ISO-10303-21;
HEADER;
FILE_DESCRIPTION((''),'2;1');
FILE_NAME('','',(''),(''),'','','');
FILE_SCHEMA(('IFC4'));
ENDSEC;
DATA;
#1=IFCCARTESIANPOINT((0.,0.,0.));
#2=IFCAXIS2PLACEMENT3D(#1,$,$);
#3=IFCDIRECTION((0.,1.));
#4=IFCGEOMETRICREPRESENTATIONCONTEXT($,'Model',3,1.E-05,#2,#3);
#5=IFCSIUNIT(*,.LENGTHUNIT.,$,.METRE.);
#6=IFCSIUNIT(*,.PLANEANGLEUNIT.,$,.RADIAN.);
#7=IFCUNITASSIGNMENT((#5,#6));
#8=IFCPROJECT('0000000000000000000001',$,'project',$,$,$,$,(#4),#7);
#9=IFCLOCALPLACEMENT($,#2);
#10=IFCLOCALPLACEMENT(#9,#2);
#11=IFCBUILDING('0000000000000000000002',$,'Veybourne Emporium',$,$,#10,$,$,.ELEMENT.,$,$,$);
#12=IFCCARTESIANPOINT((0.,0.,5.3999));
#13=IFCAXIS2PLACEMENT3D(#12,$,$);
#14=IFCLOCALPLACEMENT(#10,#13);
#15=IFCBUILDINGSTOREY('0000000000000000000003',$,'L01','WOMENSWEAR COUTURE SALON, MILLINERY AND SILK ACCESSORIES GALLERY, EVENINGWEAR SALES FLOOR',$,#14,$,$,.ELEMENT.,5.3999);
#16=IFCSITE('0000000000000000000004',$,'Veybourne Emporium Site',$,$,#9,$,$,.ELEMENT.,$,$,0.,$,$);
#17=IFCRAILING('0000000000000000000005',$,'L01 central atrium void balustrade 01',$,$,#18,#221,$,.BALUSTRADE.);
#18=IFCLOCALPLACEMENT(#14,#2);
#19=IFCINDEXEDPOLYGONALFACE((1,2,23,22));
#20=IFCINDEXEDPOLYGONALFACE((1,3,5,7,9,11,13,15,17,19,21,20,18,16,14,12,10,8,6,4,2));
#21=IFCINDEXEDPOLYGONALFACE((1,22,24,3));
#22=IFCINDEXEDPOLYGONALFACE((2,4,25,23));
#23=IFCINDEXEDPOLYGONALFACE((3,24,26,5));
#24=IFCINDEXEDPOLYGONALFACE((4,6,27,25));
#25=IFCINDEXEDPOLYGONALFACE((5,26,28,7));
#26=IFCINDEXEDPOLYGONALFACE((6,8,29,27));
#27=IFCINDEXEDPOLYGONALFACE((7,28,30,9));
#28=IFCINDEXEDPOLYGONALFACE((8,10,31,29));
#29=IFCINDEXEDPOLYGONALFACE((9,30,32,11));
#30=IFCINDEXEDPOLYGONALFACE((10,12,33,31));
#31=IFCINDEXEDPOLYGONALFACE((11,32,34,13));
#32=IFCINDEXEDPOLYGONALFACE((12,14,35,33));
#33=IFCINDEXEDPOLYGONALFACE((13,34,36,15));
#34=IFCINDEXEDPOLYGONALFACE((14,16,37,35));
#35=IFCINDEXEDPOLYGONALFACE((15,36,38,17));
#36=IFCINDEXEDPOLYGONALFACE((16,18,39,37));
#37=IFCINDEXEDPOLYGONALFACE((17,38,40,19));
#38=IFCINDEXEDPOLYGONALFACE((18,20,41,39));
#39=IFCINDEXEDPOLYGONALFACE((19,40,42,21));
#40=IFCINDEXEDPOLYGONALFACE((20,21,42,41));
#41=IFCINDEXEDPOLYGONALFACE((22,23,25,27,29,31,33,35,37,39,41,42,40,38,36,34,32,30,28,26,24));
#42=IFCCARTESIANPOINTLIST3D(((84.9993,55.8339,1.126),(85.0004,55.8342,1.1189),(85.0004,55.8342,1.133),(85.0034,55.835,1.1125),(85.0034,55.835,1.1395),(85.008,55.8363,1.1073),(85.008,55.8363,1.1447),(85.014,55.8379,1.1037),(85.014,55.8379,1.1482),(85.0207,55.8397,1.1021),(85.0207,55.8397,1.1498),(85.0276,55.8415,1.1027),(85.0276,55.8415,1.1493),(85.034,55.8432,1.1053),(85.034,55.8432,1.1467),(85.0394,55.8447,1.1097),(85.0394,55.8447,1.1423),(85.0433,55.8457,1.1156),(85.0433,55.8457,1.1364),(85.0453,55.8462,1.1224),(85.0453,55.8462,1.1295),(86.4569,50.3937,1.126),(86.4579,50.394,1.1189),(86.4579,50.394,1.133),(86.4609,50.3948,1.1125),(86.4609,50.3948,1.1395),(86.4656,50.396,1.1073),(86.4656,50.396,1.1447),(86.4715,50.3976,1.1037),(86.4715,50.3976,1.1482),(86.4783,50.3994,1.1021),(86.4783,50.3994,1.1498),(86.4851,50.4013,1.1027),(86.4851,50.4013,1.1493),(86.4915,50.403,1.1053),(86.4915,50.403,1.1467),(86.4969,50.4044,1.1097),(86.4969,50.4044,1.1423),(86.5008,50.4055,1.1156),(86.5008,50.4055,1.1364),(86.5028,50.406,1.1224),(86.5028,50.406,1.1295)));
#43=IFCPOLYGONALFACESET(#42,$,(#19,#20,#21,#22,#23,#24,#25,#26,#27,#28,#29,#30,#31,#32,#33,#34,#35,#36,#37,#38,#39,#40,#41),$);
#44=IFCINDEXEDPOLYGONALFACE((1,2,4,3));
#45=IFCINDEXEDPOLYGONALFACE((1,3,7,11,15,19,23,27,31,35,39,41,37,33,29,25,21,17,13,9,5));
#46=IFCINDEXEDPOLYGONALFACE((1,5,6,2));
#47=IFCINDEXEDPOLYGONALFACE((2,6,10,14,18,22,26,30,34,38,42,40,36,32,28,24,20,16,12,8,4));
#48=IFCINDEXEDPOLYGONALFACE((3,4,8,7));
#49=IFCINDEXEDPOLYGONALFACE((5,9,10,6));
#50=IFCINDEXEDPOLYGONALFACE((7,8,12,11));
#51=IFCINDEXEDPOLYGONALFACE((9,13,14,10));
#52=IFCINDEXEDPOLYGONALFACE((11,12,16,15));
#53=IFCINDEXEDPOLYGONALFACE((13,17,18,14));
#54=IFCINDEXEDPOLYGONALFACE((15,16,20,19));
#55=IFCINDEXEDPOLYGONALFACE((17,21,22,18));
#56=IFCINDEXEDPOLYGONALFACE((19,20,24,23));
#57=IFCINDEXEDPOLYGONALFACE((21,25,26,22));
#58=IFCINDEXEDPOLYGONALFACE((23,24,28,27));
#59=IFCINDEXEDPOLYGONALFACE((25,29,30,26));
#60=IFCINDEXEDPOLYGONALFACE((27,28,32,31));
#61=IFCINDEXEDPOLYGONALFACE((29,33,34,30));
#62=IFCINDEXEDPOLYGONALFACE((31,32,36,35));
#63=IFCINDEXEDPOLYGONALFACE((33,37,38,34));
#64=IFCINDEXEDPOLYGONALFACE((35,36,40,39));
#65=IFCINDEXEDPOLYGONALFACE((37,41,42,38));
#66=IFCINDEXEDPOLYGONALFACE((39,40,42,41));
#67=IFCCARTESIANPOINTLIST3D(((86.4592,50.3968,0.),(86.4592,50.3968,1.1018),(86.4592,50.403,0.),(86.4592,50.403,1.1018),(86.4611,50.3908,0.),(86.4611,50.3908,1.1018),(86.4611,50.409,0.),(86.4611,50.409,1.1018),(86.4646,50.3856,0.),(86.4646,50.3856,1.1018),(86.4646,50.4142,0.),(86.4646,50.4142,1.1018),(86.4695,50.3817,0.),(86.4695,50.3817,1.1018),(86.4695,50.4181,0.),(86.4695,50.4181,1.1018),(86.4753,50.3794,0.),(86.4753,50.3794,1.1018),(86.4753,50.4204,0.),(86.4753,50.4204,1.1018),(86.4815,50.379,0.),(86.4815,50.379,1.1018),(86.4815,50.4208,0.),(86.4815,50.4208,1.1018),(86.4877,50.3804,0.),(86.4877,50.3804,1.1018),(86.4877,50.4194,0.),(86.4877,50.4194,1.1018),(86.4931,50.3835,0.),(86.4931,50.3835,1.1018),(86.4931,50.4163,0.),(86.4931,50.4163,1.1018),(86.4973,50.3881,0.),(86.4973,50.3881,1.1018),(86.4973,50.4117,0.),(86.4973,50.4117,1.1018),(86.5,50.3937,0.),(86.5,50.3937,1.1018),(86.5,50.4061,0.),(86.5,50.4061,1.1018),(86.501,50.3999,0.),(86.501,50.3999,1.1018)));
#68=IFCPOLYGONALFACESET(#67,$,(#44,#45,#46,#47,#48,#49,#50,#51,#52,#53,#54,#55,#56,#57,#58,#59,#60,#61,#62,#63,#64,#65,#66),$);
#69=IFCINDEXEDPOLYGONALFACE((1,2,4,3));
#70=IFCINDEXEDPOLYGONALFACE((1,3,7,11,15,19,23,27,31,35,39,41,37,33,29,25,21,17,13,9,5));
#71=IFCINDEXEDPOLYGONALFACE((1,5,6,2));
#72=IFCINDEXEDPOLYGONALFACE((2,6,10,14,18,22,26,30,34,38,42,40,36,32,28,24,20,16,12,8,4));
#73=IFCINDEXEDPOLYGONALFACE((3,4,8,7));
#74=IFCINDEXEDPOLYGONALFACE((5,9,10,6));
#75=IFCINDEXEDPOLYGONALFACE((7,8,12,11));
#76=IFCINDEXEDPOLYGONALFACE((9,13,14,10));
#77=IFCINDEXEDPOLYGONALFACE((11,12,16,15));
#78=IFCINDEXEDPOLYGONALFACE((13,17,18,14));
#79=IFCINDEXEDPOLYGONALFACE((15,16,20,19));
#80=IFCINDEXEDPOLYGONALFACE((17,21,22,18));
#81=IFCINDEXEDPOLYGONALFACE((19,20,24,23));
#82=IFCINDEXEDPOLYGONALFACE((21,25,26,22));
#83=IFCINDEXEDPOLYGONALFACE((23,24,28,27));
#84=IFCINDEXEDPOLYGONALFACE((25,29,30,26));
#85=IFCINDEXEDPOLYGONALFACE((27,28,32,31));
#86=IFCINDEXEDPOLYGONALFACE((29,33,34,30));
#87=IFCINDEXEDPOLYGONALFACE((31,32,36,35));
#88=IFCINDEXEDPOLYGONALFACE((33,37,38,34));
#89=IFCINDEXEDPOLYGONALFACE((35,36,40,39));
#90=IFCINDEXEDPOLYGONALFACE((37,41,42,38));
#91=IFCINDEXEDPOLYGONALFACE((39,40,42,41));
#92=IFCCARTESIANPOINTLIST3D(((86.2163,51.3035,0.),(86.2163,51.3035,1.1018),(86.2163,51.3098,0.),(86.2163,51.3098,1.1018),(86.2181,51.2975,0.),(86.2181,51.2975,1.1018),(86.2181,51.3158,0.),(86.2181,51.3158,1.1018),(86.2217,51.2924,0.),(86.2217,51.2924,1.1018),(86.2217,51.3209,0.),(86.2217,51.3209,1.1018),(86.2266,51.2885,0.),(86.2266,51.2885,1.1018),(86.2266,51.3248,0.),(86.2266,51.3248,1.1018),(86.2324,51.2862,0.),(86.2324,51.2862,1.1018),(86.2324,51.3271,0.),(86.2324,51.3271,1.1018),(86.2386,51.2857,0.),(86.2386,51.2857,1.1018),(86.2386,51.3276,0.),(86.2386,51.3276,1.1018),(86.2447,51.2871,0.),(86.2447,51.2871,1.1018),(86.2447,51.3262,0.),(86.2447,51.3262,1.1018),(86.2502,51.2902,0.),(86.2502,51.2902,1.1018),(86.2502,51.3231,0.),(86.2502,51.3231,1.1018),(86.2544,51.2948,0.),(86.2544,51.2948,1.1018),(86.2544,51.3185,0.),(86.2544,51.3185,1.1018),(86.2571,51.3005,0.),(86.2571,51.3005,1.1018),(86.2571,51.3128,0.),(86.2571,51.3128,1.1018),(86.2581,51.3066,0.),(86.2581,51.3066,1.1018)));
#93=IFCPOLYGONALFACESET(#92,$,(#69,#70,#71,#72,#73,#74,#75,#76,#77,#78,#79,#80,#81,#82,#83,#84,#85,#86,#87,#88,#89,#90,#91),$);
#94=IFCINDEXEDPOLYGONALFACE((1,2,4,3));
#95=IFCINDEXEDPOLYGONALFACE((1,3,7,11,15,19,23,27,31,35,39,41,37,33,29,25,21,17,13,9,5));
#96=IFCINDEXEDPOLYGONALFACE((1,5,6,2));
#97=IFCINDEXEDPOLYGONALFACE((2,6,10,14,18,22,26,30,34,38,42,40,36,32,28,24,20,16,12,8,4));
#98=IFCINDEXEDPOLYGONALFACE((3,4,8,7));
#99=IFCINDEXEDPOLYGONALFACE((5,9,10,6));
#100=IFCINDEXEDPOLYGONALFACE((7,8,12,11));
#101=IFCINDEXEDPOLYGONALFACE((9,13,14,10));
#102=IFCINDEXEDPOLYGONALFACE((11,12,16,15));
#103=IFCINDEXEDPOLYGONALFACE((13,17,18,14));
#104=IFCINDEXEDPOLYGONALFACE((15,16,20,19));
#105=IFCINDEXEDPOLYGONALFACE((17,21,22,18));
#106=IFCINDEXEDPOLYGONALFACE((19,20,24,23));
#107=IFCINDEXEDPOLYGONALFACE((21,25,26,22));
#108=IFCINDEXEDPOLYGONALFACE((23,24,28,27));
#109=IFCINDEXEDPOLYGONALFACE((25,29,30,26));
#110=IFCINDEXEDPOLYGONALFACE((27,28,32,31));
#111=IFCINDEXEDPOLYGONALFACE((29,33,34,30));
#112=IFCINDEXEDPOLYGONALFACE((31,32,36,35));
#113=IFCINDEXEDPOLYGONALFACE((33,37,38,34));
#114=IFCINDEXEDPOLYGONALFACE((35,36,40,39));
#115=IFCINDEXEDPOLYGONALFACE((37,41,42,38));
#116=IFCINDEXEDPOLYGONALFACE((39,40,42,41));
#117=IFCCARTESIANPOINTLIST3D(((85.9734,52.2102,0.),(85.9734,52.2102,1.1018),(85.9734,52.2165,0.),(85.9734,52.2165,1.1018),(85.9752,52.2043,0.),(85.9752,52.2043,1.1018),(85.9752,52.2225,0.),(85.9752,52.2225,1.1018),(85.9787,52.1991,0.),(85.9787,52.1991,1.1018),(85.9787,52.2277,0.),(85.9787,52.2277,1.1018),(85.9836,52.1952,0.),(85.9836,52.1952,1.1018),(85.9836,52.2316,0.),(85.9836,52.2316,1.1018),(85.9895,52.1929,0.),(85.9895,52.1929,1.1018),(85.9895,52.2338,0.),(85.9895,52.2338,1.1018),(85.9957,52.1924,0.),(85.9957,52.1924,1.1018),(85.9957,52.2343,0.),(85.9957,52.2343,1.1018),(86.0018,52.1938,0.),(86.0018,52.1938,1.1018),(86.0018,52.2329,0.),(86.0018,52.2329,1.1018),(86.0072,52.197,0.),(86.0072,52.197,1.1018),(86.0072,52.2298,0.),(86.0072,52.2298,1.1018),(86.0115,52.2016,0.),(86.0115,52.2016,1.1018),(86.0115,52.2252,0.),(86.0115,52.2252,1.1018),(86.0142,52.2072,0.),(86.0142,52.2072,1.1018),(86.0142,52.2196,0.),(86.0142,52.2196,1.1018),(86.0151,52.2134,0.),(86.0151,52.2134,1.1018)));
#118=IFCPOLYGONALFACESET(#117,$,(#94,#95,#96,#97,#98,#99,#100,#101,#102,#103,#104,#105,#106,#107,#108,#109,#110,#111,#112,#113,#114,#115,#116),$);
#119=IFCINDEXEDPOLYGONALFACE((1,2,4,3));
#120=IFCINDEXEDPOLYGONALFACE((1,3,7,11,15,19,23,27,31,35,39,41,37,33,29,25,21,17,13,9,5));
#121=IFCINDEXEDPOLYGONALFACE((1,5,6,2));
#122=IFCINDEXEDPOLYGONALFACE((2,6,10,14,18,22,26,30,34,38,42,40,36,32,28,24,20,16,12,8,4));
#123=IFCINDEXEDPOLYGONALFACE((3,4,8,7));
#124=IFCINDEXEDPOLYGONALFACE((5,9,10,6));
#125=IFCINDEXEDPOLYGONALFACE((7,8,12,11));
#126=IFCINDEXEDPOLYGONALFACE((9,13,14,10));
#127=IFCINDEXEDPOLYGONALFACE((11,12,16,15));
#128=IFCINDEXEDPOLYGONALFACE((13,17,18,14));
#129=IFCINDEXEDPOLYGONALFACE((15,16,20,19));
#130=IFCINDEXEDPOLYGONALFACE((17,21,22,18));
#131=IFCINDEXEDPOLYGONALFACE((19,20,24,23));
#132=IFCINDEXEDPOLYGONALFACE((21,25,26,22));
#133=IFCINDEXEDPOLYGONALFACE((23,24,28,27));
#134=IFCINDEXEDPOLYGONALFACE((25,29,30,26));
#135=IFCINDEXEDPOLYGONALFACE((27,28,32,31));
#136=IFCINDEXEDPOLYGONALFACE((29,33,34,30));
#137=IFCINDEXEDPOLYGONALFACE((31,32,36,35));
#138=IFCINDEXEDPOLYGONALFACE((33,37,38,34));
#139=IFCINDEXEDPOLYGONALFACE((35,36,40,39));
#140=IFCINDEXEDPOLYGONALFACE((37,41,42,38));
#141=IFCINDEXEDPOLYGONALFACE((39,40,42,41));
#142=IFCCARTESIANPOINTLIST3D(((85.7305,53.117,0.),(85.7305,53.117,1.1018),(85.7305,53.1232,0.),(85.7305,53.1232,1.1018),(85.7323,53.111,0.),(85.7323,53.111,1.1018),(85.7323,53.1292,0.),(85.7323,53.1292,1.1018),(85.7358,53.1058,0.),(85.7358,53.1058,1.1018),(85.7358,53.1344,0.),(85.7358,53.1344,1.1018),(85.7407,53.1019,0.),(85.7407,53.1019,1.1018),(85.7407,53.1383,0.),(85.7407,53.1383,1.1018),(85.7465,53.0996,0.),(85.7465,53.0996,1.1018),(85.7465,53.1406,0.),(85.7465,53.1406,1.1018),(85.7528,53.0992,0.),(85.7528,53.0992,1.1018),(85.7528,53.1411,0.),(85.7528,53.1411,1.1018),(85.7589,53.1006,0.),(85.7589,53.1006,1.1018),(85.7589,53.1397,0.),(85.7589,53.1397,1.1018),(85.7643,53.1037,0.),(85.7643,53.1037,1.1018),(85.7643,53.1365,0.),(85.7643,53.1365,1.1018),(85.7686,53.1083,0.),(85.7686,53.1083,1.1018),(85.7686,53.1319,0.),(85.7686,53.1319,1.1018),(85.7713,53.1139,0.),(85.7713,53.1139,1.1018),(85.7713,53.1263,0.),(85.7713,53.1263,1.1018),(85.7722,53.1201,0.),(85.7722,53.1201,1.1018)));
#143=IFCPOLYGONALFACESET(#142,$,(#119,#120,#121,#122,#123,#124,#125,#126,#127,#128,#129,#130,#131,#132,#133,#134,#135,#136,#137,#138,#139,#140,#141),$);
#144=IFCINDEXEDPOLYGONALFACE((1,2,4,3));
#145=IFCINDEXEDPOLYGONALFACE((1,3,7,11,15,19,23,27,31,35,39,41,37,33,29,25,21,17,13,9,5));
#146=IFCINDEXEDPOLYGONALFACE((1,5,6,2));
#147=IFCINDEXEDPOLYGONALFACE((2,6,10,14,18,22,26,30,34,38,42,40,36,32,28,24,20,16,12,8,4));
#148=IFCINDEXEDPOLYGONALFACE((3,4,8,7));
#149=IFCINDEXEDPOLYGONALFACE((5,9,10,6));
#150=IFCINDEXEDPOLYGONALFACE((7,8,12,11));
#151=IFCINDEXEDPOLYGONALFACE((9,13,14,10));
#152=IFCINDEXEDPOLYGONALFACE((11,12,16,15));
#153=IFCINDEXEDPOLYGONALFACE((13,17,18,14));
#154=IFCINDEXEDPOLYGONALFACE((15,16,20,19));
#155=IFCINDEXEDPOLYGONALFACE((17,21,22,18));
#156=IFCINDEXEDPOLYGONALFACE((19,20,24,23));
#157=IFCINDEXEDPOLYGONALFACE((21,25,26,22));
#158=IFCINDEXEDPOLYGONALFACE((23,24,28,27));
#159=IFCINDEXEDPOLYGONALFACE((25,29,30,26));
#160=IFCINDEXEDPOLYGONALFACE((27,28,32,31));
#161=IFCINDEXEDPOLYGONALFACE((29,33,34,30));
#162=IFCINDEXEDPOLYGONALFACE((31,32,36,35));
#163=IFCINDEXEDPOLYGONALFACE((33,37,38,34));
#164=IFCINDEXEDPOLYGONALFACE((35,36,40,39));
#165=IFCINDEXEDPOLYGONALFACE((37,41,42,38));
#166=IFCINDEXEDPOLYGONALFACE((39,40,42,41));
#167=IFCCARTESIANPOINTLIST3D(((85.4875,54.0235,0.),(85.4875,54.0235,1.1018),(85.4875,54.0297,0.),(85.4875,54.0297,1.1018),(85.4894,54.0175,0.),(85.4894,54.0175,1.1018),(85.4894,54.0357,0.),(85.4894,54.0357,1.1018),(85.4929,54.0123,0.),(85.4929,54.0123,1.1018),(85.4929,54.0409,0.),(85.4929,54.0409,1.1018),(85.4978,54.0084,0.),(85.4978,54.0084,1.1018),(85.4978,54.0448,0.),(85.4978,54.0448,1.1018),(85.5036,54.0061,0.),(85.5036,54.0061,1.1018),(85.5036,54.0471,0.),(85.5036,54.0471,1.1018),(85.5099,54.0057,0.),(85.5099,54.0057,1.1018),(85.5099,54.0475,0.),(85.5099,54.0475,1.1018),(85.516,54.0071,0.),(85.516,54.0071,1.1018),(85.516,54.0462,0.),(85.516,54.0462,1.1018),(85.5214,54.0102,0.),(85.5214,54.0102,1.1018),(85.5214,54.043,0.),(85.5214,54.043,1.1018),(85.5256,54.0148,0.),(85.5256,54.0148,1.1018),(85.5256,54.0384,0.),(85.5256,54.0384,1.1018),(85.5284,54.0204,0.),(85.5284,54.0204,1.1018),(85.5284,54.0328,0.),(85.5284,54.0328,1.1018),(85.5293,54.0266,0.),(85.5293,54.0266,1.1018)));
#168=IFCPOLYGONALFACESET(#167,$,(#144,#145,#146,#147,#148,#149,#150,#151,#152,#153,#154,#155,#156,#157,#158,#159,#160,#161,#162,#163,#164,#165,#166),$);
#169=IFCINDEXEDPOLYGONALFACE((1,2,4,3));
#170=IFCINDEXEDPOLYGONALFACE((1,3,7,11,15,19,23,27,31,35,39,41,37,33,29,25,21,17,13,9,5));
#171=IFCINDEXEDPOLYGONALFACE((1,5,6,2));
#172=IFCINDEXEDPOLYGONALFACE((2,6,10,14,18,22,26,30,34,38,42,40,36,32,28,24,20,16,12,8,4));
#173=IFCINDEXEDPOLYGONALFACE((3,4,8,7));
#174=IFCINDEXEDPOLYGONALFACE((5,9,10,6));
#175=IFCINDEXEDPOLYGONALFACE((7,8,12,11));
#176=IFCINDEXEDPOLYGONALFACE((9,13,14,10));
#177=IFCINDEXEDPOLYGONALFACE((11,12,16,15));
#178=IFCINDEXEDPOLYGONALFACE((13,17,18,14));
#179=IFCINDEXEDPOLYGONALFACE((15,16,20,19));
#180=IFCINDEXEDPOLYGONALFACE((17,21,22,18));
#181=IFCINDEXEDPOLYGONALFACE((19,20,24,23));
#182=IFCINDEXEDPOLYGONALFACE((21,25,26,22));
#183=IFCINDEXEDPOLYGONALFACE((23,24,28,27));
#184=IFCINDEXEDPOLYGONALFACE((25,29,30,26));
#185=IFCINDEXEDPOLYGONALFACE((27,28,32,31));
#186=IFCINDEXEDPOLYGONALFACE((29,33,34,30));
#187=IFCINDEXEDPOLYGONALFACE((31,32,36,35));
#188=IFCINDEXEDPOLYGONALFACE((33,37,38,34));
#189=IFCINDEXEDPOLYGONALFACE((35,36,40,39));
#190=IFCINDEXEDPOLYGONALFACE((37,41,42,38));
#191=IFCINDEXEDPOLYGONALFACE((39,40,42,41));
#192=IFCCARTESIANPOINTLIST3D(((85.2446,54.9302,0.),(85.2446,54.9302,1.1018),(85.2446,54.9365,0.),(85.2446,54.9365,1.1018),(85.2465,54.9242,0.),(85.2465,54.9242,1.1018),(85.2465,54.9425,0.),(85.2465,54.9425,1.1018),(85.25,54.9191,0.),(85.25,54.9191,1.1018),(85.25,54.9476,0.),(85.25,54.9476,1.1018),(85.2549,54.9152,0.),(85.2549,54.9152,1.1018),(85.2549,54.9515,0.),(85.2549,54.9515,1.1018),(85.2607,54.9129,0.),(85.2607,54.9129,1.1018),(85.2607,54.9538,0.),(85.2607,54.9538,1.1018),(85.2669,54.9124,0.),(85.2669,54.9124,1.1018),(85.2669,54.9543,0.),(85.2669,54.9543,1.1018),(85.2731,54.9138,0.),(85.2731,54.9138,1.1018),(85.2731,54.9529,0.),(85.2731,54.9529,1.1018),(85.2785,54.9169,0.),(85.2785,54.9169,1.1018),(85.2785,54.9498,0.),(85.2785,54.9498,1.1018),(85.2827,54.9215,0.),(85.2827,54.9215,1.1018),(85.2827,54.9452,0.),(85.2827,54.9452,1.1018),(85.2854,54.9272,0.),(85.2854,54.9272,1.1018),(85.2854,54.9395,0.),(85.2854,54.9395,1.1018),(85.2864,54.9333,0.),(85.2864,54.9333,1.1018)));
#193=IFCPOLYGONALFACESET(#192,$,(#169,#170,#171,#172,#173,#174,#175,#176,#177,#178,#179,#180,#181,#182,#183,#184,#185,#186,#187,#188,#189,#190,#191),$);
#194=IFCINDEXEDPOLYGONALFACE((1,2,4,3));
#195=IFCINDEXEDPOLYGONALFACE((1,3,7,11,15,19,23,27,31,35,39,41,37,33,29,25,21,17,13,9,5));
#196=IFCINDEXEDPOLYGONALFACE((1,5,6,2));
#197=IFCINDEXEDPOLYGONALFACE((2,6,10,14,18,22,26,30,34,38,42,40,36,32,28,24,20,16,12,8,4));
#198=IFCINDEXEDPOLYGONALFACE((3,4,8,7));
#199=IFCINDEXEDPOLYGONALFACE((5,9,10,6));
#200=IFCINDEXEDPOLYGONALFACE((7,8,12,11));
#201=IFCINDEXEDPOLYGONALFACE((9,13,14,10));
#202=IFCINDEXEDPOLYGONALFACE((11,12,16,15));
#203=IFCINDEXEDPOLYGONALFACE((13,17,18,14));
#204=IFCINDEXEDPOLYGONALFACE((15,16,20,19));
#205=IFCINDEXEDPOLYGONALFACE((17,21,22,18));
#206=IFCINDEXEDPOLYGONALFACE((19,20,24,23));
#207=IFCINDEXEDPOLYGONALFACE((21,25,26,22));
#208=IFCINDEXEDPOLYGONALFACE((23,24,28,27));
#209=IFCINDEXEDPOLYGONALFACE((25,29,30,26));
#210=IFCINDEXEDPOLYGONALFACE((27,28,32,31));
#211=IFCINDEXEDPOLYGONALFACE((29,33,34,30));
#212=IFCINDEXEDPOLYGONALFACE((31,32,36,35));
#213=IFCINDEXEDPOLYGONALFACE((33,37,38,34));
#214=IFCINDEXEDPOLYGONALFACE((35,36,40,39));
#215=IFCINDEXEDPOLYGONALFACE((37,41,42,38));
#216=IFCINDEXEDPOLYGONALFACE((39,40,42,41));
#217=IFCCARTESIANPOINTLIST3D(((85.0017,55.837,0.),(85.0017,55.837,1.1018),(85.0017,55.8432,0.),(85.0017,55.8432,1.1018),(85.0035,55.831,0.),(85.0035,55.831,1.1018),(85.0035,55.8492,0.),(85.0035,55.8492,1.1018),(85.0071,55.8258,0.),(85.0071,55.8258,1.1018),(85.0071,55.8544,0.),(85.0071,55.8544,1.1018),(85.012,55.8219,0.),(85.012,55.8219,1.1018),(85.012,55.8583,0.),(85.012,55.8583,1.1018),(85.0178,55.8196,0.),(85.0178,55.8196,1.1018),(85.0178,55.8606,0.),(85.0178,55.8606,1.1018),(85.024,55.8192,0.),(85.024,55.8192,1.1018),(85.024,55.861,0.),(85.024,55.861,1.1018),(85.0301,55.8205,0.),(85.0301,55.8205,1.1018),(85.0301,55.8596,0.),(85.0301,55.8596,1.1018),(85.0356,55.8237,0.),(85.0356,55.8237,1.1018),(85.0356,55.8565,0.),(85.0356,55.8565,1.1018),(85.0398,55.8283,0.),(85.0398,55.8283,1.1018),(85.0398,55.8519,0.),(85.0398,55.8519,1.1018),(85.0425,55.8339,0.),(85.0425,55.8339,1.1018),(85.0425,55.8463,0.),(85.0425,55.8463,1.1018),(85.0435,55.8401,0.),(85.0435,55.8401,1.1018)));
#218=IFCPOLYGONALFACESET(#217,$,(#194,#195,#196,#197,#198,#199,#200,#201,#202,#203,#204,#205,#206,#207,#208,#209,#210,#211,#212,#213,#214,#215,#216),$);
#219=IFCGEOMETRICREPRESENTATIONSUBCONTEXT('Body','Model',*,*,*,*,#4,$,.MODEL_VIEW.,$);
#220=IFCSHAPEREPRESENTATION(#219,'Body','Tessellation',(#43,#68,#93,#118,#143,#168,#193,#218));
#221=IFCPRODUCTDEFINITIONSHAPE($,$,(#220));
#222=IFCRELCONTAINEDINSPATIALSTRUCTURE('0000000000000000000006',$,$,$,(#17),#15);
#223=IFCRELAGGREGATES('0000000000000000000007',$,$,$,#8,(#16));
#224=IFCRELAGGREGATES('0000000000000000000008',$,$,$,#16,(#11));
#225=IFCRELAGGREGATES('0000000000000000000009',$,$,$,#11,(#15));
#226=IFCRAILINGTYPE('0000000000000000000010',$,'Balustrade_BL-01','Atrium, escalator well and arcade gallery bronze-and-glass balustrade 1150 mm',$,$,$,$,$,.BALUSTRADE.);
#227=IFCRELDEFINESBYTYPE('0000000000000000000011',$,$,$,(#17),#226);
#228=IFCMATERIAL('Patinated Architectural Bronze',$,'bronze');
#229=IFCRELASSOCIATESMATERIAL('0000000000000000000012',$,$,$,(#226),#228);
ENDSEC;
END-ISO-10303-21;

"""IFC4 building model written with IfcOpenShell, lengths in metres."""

from ifc_helpers import new_model, si_unit, direction, frame, origin, origin_2d, place, context, subcontext, project, spatial, circle, extrude, material, type_object, element, save


model = new_model("IFC4")

# Units and contexts
model_context = context("Model", 3, precision=1e-05, world=origin(), true_north=direction((0.0, 1.0)))
body_context = subcontext(model_context, "Body", "Model", "MODEL_VIEW")
ifc_project = project(units=[si_unit("LENGTHUNIT", "METRE"), si_unit("PLANEANGLEUNIT", "RADIAN")], contexts=[model_context])

# Site, building, storey
site_placement = place(None, origin())
site = spatial("IfcSite", under=ifc_project, at=site_placement, Name="Veybourne Emporium Site", CompositionType="ELEMENT", RefElevation=0.0)
building_placement = place(site_placement, origin())
building = spatial("IfcBuilding", under=site, at=building_placement, Name="Veybourne Emporium", CompositionType="ELEMENT")
storey_placement = place(building_placement, frame((0.0, 0.0, 5.3999)))
storey = spatial("IfcBuildingStorey", under=building, at=storey_placement, Name="L01", Description="WOMENSWEAR COUTURE SALON, MILLINERY AND SILK ACCESSORIES GALLERY, EVENINGWEAR SALES FLOOR", CompositionType="ELEMENT", Elevation=5.3999)

# Railing
ifc_material_1 = material(Name="Patinated Architectural Bronze", Category="bronze")
railing_type = type_object("IfcRailingType", Name="Balustrade_BL-01", Description="Atrium, escalator well and arcade gallery bronze-and-glass balustrade 1150 mm", PredefinedType="BALUSTRADE", material=ifc_material_1)
railing_1_placement = place(storey_placement, frame((86.48, 50.3999, 0.0)))
element("IfcRailing", 1, at=railing_1_placement, inside=storey, type_object=railing_type, Name="L01 central atrium void balustrade 01", PredefinedType="BALUSTRADE", context=body_context, shape_type="SweptSolid", body=[
    extrude(circle(Radius=0.0239, at=origin_2d()), frame((0.0, 0.0, 1.126), z_axis=(-0.25879, 0.965934, 0.0), x_axis=(-0.965934, -0.25879, 0.0)), (0.0, 0.0, 1.0), 5.6321),
    extrude(circle(Radius=0.021, at=origin_2d()), origin(), (0.0, 0.0, 1.0), 1.1018),
    extrude(circle(Radius=0.021, at=origin_2d()), frame((-0.2429, 0.9067, 0.0)), (0.0, 0.0, 1.0), 1.1018),
    extrude(circle(Radius=0.021, at=origin_2d()), frame((-0.4858, 1.8135, 0.0)), (0.0, 0.0, 1.0), 1.1018),
    extrude(circle(Radius=0.021, at=origin_2d()), frame((-0.7288, 2.7202, 0.0)), (0.0, 0.0, 1.0), 1.1018),
    extrude(circle(Radius=0.021, at=origin_2d()), frame((-0.9717, 3.6267, 0.0)), (0.0, 0.0, 1.0), 1.1018),
    extrude(circle(Radius=0.021, at=origin_2d()), frame((-1.2146, 4.5334, 0.0)), (0.0, 0.0, 1.0), 1.1018),
    extrude(circle(Radius=0.021, at=origin_2d()), frame((-1.4575, 5.4402, 0.0)), (0.0, 0.0, 1.0), 1.1018),
])

save(model, "model.ifc")
